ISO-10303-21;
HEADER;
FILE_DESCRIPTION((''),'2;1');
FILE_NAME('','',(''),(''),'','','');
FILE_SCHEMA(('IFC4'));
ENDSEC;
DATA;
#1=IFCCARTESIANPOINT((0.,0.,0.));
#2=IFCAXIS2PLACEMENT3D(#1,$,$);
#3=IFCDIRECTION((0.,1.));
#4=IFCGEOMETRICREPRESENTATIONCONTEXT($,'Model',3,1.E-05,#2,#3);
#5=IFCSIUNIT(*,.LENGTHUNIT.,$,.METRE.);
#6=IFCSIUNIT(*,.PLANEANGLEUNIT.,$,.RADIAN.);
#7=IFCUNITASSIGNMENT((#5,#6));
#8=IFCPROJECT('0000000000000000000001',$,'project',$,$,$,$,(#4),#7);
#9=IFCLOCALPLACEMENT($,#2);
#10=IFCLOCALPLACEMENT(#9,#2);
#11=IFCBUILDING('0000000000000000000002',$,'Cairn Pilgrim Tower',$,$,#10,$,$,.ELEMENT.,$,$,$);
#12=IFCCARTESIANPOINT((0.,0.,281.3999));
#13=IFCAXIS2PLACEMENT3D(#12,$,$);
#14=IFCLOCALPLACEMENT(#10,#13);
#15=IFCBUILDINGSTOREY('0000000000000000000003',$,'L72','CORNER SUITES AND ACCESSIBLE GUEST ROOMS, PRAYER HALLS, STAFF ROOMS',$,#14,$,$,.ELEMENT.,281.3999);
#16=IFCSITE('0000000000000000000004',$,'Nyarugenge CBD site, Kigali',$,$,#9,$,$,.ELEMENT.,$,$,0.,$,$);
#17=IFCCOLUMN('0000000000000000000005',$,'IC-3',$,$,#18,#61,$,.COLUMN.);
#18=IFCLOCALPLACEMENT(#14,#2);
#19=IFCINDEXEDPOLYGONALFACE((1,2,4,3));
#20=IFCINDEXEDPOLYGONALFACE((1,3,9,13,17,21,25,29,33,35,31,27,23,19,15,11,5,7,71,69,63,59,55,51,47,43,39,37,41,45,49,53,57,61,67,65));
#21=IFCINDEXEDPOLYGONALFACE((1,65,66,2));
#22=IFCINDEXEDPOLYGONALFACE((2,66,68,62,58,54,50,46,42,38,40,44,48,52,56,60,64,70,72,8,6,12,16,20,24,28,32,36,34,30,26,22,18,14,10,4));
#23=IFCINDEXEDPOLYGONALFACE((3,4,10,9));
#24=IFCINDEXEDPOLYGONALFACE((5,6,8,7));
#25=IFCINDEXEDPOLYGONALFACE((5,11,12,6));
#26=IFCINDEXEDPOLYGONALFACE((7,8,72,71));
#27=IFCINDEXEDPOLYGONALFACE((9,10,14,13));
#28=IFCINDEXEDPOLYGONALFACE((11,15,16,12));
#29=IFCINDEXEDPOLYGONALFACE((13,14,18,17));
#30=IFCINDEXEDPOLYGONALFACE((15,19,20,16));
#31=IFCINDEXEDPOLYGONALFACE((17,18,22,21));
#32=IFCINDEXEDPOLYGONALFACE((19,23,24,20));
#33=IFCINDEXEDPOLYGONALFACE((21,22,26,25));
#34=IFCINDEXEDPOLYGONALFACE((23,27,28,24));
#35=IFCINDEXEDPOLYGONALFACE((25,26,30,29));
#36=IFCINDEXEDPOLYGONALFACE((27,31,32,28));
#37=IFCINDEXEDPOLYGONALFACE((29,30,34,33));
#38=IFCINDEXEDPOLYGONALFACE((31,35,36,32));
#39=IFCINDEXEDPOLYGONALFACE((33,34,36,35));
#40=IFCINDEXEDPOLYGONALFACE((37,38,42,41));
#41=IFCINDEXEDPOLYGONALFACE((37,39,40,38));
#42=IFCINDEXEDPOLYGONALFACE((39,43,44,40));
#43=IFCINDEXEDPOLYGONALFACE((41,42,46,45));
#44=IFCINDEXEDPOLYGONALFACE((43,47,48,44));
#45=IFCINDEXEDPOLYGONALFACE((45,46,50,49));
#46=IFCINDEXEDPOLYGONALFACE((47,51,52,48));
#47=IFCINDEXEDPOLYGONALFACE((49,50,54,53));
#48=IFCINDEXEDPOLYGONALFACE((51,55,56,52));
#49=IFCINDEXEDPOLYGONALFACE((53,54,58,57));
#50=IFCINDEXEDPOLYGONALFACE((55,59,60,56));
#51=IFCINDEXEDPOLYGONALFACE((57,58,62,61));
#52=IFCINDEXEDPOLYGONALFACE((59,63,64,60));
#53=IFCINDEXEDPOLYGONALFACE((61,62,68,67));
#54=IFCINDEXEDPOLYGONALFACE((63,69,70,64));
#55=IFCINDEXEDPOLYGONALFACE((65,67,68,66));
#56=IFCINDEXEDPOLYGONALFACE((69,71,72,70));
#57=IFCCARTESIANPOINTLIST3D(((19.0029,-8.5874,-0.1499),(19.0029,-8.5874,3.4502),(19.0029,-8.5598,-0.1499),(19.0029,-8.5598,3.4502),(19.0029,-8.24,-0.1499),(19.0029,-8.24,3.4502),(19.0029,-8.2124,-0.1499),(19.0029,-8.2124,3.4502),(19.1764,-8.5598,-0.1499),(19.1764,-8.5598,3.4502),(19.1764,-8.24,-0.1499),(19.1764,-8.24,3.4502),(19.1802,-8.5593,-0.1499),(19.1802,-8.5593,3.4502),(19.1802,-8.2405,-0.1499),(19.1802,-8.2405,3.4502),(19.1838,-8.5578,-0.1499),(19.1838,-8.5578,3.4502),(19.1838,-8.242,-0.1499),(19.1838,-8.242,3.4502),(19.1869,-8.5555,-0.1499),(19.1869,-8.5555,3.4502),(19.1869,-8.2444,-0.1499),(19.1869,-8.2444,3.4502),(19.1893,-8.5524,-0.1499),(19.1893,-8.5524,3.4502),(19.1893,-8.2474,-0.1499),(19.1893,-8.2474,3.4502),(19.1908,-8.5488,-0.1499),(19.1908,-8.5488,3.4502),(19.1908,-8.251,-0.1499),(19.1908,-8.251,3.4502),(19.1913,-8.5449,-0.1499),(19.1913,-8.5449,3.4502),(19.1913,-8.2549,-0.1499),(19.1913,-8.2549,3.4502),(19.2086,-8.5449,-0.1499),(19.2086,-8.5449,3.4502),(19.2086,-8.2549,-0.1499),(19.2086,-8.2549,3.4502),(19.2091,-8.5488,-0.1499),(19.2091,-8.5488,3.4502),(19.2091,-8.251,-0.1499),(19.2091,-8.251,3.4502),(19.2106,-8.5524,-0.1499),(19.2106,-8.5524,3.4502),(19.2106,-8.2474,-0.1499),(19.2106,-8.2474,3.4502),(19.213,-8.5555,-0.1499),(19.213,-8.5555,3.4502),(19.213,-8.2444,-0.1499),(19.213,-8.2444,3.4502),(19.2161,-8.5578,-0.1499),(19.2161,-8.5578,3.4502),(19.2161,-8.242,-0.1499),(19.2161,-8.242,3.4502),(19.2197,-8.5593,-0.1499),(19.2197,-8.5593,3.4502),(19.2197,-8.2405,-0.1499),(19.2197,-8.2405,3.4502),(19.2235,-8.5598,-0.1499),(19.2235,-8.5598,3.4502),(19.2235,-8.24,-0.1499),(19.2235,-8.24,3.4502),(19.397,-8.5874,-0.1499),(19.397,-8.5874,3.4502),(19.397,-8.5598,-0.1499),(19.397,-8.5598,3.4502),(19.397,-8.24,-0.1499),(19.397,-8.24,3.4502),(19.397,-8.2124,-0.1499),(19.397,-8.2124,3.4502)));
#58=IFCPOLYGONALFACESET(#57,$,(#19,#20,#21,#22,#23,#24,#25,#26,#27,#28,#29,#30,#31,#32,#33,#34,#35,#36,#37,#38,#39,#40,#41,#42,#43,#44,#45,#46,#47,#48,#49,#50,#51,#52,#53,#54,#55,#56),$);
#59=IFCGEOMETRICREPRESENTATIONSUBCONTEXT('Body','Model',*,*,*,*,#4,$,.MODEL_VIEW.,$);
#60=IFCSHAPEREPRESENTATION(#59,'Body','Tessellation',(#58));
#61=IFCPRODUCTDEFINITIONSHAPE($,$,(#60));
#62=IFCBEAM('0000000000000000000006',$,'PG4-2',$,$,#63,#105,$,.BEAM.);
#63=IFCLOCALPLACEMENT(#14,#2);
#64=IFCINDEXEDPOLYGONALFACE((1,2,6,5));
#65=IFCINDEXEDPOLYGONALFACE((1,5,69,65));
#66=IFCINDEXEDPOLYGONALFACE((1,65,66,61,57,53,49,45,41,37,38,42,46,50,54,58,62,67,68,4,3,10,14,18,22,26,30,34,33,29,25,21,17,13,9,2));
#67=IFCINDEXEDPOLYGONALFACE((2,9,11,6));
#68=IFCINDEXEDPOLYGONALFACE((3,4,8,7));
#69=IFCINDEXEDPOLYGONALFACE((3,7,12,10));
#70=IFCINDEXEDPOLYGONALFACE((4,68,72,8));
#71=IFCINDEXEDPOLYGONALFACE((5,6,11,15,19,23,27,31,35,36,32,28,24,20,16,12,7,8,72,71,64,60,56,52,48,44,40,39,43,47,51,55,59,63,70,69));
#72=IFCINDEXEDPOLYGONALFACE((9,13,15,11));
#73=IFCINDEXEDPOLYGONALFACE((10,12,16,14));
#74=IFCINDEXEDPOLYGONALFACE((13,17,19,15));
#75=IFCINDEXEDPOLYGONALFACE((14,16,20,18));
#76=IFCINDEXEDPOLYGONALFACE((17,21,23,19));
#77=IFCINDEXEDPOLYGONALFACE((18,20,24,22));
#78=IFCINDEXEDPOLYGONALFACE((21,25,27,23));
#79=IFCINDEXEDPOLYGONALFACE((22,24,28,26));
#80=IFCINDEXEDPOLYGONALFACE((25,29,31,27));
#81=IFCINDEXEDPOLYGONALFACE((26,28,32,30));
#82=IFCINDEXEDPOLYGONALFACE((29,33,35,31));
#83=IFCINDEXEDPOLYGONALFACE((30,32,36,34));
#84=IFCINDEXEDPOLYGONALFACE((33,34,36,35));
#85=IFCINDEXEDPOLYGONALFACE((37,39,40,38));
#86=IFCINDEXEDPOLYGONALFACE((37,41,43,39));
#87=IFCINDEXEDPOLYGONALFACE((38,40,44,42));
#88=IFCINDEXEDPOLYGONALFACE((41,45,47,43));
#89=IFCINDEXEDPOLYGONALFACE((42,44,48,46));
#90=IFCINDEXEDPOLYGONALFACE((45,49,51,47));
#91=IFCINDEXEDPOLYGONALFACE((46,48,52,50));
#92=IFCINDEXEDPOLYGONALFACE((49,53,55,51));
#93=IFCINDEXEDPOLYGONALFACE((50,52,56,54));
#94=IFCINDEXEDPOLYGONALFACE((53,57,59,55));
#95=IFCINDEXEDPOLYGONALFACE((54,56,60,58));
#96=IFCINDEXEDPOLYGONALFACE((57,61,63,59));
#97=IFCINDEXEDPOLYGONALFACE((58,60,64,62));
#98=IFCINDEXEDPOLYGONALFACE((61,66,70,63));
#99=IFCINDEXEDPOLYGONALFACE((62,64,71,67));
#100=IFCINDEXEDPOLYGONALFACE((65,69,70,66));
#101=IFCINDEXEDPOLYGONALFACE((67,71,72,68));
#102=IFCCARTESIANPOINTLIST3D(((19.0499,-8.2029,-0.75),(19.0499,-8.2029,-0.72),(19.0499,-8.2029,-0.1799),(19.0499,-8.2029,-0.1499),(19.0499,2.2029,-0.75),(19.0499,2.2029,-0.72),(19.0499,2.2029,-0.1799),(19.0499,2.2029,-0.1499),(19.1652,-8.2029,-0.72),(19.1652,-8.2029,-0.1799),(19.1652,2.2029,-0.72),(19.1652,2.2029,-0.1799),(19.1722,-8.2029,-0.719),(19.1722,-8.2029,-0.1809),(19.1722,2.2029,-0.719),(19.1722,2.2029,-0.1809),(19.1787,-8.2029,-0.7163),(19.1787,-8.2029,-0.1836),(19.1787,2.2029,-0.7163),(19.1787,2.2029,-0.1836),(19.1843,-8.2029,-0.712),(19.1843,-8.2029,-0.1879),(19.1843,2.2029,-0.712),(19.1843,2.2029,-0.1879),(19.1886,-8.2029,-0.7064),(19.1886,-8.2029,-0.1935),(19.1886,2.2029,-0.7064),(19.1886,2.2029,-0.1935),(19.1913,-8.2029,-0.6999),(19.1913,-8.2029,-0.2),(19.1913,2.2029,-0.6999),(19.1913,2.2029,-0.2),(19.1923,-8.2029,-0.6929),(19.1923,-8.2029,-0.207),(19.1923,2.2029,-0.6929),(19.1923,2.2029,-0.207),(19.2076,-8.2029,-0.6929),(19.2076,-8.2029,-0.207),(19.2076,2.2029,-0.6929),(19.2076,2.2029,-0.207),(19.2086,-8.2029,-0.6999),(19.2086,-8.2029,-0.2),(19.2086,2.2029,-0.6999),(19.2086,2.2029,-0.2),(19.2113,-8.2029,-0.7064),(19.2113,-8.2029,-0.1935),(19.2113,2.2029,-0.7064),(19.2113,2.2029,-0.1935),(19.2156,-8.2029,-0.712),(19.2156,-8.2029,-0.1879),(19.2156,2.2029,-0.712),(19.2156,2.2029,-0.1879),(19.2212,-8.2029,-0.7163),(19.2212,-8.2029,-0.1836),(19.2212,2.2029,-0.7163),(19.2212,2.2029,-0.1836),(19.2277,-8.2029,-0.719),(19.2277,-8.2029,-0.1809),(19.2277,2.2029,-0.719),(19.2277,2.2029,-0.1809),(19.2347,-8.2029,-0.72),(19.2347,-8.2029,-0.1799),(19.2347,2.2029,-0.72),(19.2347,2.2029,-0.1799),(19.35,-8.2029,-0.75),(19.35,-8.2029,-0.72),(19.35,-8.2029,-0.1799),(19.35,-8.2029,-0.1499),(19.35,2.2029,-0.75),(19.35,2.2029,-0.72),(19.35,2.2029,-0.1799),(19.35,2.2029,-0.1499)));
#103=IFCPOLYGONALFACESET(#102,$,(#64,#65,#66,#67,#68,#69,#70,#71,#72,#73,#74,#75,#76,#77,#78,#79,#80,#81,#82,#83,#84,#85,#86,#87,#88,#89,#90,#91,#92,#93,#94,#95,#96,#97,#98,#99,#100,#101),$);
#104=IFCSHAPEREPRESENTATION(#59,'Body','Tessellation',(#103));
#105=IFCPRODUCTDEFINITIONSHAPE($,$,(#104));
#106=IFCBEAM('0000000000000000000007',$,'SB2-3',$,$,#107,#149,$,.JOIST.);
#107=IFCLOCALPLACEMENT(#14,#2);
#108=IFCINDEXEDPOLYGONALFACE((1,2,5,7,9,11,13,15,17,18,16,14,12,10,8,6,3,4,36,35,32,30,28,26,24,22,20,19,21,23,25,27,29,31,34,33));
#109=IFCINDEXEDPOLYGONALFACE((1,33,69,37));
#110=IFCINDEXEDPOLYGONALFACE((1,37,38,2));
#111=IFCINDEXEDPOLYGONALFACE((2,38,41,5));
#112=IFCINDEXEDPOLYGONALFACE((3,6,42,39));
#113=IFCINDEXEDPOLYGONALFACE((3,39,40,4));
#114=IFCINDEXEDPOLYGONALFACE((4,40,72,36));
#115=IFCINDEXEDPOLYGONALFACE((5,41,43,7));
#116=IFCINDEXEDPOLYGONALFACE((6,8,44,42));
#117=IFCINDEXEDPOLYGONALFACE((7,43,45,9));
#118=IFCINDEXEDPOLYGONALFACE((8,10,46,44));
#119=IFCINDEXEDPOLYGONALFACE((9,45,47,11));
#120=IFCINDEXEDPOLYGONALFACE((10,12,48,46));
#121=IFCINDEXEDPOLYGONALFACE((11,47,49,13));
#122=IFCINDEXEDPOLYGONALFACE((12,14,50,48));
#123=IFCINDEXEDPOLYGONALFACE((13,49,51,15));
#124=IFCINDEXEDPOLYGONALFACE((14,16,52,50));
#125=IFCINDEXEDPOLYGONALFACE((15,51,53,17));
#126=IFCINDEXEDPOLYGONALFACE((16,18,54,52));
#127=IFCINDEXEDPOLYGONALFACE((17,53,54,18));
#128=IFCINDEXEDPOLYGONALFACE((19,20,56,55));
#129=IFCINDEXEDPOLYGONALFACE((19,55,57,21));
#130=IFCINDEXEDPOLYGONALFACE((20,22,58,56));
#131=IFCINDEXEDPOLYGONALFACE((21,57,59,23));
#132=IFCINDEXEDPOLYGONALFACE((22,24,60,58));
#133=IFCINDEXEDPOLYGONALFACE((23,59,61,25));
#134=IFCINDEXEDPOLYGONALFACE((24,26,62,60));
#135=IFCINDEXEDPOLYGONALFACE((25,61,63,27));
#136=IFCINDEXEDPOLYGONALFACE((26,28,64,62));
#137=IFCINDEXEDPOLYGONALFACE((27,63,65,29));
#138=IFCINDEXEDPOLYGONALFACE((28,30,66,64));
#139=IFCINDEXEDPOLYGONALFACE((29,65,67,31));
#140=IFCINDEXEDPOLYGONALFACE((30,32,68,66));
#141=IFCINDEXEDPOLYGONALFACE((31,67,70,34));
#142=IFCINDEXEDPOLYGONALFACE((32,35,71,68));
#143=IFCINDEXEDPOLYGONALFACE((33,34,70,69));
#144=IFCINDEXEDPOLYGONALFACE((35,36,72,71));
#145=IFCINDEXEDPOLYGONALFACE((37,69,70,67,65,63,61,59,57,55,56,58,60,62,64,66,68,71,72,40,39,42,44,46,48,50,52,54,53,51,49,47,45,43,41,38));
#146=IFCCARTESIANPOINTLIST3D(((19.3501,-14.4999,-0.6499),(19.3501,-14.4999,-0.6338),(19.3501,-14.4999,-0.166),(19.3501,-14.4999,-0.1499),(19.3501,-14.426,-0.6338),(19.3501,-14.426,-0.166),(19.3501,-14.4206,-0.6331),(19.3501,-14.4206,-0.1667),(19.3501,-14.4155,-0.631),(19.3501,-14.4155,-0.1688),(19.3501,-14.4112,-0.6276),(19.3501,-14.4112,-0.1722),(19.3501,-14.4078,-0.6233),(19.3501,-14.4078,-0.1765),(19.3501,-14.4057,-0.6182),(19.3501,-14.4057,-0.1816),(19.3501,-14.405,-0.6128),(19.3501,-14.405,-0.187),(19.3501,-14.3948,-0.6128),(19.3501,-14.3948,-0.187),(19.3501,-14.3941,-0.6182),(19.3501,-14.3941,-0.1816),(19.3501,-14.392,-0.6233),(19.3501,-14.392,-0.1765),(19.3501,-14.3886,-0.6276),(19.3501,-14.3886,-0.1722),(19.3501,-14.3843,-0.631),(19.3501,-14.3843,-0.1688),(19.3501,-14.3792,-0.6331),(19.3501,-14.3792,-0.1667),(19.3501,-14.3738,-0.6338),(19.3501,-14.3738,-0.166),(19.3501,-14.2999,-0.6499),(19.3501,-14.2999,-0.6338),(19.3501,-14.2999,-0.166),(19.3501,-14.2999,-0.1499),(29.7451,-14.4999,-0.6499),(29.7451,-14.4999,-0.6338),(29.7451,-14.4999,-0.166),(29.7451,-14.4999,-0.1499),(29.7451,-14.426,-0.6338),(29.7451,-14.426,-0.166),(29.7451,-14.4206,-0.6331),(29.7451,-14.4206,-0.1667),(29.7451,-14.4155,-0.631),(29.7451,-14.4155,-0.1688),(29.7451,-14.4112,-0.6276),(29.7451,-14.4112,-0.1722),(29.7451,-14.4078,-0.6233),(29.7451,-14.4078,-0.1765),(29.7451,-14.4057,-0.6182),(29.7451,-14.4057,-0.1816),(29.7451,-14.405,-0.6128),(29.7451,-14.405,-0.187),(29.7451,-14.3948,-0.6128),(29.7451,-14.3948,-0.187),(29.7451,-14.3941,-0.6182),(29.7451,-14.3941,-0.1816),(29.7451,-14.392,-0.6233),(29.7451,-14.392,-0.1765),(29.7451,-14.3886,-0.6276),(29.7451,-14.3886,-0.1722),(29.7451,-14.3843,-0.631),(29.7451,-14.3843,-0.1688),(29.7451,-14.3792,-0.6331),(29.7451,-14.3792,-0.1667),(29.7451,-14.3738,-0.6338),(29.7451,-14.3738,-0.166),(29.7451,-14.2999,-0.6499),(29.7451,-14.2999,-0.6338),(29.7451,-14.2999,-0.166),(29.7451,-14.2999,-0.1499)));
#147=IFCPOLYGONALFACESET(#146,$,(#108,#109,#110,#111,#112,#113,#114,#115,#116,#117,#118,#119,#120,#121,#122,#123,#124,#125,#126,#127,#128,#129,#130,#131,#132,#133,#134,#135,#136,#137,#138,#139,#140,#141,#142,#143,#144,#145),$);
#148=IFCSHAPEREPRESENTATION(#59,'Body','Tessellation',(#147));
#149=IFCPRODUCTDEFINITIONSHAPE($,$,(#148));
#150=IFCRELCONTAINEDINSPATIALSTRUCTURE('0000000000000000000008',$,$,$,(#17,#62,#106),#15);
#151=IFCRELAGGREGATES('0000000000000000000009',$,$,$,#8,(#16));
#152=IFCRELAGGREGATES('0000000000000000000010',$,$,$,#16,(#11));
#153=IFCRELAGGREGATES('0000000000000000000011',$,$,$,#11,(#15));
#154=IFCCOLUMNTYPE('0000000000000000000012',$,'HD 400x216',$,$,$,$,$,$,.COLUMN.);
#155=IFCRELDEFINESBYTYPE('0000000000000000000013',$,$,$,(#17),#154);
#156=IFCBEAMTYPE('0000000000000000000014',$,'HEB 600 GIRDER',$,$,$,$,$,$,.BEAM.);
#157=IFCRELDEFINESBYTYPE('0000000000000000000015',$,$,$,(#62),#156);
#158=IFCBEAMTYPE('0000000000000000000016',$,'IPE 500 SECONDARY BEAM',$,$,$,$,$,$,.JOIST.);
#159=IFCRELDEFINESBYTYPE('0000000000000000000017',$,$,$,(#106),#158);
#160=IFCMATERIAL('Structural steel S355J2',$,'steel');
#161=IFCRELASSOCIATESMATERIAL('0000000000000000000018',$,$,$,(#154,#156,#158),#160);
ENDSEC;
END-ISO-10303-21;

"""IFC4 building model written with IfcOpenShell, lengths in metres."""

from ifc_helpers import new_model, si_unit, direction, frame, origin, origin_2d, place, context, subcontext, project, spatial, i_section, extrude, material, material_profile, profile_set, type_object, element, save


model = new_model("IFC4")

# Units and contexts
model_context = context("Model", 3, precision=1e-05, world=origin(), true_north=direction((0.0, 1.0)))
body_context = subcontext(model_context, "Body", "Model", "MODEL_VIEW")
ifc_project = project(units=[si_unit("LENGTHUNIT", "METRE"), si_unit("PLANEANGLEUNIT", "RADIAN")], contexts=[model_context])

# Site, building, storey
site_placement = place(None, origin())
site = spatial("IfcSite", under=ifc_project, at=site_placement, Name="Nyarugenge CBD site, Kigali", CompositionType="ELEMENT", RefElevation=0.0)
building_placement = place(site_placement, origin())
building = spatial("IfcBuilding", under=site, at=building_placement, Name="Cairn Pilgrim Tower", CompositionType="ELEMENT")
storey_placement = place(building_placement, frame((0.0, 0.0, 281.3999)))
storey = spatial("IfcBuildingStorey", under=building, at=storey_placement, Name="L72", Description="CORNER SUITES AND ACCESSIBLE GUEST ROOMS, PRAYER HALLS, STAFF ROOMS", CompositionType="ELEMENT", Elevation=281.3999)

# Column
ifc_material_1 = material(Name="Structural steel S355J2", Category="steel")
ifc_material_profile_1 = material_profile(ifc_material_1, i_section(OverallWidth=0.394, OverallDepth=0.375, WebThickness=0.0173, FlangeThickness=0.0276, FilletRadius=0.0149, at=origin_2d()), Name="HD 400x216")
ifc_profile_set_1 = profile_set([ifc_material_profile_1], Name="Structural steel S355J2")
column_type = type_object("IfcColumnType", Name="HD 400x216", PredefinedType="COLUMN", material=ifc_profile_set_1)
column_placement = place(storey_placement, frame((19.2, -8.3999, -0.1499), z_axis=(0.0, 0.0, 1.0), x_axis=(1.0, 0.0, 0.0)))
element("IfcColumn", 1, at=column_placement, inside=storey, type_object=column_type, Name="IC-3", PredefinedType="COLUMN", context=body_context, shape_type="SweptSolid", body=[
    extrude(i_section(OverallWidth=0.394, OverallDepth=0.375, WebThickness=0.0173, FlangeThickness=0.0276, FilletRadius=0.0149, at=origin_2d()), origin(), (0.0, 0.0, 1.0), 3.6001),
])

# Beams
ifc_material_profile_2 = material_profile(ifc_material_1, i_section(OverallWidth=0.3, OverallDepth=0.6001, WebThickness=0.0154, FlangeThickness=0.03, FilletRadius=0.0271, at=origin_2d()), Name="HEB 600")
ifc_profile_set_2 = profile_set([ifc_material_profile_2], Name="Structural steel S355J2")
beam_type_1 = type_object("IfcBeamType", Name="HEB 600 GIRDER", PredefinedType="BEAM", material=ifc_profile_set_2)
beam_1_placement = place(storey_placement, frame((19.2, -8.2029, -0.45), z_axis=(0.0, 1.0, 0.0), x_axis=(-1.0, 0.0, 0.0)))
element("IfcBeam", 2, at=beam_1_placement, inside=storey, type_object=beam_type_1, Name="PG4-2", PredefinedType="BEAM", context=body_context, shape_type="SweptSolid", body=[
    extrude(i_section(OverallWidth=0.3, OverallDepth=0.6001, WebThickness=0.0154, FlangeThickness=0.03, FilletRadius=0.0271, at=origin_2d()), origin(), (0.0, 0.0, 1.0), 10.4058),
])
ifc_material_profile_3 = material_profile(ifc_material_1, i_section(OverallWidth=0.2, OverallDepth=0.5, WebThickness=0.0103, FlangeThickness=0.0161, FilletRadius=0.021, at=origin_2d()), Name="IPE 500")
ifc_profile_set_3 = profile_set([ifc_material_profile_3], Name="Structural steel S355J2")
beam_type_2 = type_object("IfcBeamType", Name="IPE 500 SECONDARY BEAM", PredefinedType="JOIST", material=ifc_profile_set_3)
beam_2_placement = place(storey_placement, frame((19.3501, -14.3999, -0.3999), z_axis=(1.0, 0.0, 0.0), x_axis=(0.0, 1.0, 0.0)))
element("IfcBeam", 3, at=beam_2_placement, inside=storey, type_object=beam_type_2, Name="SB2-3", PredefinedType="JOIST", context=body_context, shape_type="SweptSolid", body=[
    extrude(i_section(OverallWidth=0.2, OverallDepth=0.5, WebThickness=0.0103, FlangeThickness=0.0161, FilletRadius=0.021, at=origin_2d()), origin(), (0.0, 0.0, 1.0), 10.395),
])

save(model, "model.ifc")
